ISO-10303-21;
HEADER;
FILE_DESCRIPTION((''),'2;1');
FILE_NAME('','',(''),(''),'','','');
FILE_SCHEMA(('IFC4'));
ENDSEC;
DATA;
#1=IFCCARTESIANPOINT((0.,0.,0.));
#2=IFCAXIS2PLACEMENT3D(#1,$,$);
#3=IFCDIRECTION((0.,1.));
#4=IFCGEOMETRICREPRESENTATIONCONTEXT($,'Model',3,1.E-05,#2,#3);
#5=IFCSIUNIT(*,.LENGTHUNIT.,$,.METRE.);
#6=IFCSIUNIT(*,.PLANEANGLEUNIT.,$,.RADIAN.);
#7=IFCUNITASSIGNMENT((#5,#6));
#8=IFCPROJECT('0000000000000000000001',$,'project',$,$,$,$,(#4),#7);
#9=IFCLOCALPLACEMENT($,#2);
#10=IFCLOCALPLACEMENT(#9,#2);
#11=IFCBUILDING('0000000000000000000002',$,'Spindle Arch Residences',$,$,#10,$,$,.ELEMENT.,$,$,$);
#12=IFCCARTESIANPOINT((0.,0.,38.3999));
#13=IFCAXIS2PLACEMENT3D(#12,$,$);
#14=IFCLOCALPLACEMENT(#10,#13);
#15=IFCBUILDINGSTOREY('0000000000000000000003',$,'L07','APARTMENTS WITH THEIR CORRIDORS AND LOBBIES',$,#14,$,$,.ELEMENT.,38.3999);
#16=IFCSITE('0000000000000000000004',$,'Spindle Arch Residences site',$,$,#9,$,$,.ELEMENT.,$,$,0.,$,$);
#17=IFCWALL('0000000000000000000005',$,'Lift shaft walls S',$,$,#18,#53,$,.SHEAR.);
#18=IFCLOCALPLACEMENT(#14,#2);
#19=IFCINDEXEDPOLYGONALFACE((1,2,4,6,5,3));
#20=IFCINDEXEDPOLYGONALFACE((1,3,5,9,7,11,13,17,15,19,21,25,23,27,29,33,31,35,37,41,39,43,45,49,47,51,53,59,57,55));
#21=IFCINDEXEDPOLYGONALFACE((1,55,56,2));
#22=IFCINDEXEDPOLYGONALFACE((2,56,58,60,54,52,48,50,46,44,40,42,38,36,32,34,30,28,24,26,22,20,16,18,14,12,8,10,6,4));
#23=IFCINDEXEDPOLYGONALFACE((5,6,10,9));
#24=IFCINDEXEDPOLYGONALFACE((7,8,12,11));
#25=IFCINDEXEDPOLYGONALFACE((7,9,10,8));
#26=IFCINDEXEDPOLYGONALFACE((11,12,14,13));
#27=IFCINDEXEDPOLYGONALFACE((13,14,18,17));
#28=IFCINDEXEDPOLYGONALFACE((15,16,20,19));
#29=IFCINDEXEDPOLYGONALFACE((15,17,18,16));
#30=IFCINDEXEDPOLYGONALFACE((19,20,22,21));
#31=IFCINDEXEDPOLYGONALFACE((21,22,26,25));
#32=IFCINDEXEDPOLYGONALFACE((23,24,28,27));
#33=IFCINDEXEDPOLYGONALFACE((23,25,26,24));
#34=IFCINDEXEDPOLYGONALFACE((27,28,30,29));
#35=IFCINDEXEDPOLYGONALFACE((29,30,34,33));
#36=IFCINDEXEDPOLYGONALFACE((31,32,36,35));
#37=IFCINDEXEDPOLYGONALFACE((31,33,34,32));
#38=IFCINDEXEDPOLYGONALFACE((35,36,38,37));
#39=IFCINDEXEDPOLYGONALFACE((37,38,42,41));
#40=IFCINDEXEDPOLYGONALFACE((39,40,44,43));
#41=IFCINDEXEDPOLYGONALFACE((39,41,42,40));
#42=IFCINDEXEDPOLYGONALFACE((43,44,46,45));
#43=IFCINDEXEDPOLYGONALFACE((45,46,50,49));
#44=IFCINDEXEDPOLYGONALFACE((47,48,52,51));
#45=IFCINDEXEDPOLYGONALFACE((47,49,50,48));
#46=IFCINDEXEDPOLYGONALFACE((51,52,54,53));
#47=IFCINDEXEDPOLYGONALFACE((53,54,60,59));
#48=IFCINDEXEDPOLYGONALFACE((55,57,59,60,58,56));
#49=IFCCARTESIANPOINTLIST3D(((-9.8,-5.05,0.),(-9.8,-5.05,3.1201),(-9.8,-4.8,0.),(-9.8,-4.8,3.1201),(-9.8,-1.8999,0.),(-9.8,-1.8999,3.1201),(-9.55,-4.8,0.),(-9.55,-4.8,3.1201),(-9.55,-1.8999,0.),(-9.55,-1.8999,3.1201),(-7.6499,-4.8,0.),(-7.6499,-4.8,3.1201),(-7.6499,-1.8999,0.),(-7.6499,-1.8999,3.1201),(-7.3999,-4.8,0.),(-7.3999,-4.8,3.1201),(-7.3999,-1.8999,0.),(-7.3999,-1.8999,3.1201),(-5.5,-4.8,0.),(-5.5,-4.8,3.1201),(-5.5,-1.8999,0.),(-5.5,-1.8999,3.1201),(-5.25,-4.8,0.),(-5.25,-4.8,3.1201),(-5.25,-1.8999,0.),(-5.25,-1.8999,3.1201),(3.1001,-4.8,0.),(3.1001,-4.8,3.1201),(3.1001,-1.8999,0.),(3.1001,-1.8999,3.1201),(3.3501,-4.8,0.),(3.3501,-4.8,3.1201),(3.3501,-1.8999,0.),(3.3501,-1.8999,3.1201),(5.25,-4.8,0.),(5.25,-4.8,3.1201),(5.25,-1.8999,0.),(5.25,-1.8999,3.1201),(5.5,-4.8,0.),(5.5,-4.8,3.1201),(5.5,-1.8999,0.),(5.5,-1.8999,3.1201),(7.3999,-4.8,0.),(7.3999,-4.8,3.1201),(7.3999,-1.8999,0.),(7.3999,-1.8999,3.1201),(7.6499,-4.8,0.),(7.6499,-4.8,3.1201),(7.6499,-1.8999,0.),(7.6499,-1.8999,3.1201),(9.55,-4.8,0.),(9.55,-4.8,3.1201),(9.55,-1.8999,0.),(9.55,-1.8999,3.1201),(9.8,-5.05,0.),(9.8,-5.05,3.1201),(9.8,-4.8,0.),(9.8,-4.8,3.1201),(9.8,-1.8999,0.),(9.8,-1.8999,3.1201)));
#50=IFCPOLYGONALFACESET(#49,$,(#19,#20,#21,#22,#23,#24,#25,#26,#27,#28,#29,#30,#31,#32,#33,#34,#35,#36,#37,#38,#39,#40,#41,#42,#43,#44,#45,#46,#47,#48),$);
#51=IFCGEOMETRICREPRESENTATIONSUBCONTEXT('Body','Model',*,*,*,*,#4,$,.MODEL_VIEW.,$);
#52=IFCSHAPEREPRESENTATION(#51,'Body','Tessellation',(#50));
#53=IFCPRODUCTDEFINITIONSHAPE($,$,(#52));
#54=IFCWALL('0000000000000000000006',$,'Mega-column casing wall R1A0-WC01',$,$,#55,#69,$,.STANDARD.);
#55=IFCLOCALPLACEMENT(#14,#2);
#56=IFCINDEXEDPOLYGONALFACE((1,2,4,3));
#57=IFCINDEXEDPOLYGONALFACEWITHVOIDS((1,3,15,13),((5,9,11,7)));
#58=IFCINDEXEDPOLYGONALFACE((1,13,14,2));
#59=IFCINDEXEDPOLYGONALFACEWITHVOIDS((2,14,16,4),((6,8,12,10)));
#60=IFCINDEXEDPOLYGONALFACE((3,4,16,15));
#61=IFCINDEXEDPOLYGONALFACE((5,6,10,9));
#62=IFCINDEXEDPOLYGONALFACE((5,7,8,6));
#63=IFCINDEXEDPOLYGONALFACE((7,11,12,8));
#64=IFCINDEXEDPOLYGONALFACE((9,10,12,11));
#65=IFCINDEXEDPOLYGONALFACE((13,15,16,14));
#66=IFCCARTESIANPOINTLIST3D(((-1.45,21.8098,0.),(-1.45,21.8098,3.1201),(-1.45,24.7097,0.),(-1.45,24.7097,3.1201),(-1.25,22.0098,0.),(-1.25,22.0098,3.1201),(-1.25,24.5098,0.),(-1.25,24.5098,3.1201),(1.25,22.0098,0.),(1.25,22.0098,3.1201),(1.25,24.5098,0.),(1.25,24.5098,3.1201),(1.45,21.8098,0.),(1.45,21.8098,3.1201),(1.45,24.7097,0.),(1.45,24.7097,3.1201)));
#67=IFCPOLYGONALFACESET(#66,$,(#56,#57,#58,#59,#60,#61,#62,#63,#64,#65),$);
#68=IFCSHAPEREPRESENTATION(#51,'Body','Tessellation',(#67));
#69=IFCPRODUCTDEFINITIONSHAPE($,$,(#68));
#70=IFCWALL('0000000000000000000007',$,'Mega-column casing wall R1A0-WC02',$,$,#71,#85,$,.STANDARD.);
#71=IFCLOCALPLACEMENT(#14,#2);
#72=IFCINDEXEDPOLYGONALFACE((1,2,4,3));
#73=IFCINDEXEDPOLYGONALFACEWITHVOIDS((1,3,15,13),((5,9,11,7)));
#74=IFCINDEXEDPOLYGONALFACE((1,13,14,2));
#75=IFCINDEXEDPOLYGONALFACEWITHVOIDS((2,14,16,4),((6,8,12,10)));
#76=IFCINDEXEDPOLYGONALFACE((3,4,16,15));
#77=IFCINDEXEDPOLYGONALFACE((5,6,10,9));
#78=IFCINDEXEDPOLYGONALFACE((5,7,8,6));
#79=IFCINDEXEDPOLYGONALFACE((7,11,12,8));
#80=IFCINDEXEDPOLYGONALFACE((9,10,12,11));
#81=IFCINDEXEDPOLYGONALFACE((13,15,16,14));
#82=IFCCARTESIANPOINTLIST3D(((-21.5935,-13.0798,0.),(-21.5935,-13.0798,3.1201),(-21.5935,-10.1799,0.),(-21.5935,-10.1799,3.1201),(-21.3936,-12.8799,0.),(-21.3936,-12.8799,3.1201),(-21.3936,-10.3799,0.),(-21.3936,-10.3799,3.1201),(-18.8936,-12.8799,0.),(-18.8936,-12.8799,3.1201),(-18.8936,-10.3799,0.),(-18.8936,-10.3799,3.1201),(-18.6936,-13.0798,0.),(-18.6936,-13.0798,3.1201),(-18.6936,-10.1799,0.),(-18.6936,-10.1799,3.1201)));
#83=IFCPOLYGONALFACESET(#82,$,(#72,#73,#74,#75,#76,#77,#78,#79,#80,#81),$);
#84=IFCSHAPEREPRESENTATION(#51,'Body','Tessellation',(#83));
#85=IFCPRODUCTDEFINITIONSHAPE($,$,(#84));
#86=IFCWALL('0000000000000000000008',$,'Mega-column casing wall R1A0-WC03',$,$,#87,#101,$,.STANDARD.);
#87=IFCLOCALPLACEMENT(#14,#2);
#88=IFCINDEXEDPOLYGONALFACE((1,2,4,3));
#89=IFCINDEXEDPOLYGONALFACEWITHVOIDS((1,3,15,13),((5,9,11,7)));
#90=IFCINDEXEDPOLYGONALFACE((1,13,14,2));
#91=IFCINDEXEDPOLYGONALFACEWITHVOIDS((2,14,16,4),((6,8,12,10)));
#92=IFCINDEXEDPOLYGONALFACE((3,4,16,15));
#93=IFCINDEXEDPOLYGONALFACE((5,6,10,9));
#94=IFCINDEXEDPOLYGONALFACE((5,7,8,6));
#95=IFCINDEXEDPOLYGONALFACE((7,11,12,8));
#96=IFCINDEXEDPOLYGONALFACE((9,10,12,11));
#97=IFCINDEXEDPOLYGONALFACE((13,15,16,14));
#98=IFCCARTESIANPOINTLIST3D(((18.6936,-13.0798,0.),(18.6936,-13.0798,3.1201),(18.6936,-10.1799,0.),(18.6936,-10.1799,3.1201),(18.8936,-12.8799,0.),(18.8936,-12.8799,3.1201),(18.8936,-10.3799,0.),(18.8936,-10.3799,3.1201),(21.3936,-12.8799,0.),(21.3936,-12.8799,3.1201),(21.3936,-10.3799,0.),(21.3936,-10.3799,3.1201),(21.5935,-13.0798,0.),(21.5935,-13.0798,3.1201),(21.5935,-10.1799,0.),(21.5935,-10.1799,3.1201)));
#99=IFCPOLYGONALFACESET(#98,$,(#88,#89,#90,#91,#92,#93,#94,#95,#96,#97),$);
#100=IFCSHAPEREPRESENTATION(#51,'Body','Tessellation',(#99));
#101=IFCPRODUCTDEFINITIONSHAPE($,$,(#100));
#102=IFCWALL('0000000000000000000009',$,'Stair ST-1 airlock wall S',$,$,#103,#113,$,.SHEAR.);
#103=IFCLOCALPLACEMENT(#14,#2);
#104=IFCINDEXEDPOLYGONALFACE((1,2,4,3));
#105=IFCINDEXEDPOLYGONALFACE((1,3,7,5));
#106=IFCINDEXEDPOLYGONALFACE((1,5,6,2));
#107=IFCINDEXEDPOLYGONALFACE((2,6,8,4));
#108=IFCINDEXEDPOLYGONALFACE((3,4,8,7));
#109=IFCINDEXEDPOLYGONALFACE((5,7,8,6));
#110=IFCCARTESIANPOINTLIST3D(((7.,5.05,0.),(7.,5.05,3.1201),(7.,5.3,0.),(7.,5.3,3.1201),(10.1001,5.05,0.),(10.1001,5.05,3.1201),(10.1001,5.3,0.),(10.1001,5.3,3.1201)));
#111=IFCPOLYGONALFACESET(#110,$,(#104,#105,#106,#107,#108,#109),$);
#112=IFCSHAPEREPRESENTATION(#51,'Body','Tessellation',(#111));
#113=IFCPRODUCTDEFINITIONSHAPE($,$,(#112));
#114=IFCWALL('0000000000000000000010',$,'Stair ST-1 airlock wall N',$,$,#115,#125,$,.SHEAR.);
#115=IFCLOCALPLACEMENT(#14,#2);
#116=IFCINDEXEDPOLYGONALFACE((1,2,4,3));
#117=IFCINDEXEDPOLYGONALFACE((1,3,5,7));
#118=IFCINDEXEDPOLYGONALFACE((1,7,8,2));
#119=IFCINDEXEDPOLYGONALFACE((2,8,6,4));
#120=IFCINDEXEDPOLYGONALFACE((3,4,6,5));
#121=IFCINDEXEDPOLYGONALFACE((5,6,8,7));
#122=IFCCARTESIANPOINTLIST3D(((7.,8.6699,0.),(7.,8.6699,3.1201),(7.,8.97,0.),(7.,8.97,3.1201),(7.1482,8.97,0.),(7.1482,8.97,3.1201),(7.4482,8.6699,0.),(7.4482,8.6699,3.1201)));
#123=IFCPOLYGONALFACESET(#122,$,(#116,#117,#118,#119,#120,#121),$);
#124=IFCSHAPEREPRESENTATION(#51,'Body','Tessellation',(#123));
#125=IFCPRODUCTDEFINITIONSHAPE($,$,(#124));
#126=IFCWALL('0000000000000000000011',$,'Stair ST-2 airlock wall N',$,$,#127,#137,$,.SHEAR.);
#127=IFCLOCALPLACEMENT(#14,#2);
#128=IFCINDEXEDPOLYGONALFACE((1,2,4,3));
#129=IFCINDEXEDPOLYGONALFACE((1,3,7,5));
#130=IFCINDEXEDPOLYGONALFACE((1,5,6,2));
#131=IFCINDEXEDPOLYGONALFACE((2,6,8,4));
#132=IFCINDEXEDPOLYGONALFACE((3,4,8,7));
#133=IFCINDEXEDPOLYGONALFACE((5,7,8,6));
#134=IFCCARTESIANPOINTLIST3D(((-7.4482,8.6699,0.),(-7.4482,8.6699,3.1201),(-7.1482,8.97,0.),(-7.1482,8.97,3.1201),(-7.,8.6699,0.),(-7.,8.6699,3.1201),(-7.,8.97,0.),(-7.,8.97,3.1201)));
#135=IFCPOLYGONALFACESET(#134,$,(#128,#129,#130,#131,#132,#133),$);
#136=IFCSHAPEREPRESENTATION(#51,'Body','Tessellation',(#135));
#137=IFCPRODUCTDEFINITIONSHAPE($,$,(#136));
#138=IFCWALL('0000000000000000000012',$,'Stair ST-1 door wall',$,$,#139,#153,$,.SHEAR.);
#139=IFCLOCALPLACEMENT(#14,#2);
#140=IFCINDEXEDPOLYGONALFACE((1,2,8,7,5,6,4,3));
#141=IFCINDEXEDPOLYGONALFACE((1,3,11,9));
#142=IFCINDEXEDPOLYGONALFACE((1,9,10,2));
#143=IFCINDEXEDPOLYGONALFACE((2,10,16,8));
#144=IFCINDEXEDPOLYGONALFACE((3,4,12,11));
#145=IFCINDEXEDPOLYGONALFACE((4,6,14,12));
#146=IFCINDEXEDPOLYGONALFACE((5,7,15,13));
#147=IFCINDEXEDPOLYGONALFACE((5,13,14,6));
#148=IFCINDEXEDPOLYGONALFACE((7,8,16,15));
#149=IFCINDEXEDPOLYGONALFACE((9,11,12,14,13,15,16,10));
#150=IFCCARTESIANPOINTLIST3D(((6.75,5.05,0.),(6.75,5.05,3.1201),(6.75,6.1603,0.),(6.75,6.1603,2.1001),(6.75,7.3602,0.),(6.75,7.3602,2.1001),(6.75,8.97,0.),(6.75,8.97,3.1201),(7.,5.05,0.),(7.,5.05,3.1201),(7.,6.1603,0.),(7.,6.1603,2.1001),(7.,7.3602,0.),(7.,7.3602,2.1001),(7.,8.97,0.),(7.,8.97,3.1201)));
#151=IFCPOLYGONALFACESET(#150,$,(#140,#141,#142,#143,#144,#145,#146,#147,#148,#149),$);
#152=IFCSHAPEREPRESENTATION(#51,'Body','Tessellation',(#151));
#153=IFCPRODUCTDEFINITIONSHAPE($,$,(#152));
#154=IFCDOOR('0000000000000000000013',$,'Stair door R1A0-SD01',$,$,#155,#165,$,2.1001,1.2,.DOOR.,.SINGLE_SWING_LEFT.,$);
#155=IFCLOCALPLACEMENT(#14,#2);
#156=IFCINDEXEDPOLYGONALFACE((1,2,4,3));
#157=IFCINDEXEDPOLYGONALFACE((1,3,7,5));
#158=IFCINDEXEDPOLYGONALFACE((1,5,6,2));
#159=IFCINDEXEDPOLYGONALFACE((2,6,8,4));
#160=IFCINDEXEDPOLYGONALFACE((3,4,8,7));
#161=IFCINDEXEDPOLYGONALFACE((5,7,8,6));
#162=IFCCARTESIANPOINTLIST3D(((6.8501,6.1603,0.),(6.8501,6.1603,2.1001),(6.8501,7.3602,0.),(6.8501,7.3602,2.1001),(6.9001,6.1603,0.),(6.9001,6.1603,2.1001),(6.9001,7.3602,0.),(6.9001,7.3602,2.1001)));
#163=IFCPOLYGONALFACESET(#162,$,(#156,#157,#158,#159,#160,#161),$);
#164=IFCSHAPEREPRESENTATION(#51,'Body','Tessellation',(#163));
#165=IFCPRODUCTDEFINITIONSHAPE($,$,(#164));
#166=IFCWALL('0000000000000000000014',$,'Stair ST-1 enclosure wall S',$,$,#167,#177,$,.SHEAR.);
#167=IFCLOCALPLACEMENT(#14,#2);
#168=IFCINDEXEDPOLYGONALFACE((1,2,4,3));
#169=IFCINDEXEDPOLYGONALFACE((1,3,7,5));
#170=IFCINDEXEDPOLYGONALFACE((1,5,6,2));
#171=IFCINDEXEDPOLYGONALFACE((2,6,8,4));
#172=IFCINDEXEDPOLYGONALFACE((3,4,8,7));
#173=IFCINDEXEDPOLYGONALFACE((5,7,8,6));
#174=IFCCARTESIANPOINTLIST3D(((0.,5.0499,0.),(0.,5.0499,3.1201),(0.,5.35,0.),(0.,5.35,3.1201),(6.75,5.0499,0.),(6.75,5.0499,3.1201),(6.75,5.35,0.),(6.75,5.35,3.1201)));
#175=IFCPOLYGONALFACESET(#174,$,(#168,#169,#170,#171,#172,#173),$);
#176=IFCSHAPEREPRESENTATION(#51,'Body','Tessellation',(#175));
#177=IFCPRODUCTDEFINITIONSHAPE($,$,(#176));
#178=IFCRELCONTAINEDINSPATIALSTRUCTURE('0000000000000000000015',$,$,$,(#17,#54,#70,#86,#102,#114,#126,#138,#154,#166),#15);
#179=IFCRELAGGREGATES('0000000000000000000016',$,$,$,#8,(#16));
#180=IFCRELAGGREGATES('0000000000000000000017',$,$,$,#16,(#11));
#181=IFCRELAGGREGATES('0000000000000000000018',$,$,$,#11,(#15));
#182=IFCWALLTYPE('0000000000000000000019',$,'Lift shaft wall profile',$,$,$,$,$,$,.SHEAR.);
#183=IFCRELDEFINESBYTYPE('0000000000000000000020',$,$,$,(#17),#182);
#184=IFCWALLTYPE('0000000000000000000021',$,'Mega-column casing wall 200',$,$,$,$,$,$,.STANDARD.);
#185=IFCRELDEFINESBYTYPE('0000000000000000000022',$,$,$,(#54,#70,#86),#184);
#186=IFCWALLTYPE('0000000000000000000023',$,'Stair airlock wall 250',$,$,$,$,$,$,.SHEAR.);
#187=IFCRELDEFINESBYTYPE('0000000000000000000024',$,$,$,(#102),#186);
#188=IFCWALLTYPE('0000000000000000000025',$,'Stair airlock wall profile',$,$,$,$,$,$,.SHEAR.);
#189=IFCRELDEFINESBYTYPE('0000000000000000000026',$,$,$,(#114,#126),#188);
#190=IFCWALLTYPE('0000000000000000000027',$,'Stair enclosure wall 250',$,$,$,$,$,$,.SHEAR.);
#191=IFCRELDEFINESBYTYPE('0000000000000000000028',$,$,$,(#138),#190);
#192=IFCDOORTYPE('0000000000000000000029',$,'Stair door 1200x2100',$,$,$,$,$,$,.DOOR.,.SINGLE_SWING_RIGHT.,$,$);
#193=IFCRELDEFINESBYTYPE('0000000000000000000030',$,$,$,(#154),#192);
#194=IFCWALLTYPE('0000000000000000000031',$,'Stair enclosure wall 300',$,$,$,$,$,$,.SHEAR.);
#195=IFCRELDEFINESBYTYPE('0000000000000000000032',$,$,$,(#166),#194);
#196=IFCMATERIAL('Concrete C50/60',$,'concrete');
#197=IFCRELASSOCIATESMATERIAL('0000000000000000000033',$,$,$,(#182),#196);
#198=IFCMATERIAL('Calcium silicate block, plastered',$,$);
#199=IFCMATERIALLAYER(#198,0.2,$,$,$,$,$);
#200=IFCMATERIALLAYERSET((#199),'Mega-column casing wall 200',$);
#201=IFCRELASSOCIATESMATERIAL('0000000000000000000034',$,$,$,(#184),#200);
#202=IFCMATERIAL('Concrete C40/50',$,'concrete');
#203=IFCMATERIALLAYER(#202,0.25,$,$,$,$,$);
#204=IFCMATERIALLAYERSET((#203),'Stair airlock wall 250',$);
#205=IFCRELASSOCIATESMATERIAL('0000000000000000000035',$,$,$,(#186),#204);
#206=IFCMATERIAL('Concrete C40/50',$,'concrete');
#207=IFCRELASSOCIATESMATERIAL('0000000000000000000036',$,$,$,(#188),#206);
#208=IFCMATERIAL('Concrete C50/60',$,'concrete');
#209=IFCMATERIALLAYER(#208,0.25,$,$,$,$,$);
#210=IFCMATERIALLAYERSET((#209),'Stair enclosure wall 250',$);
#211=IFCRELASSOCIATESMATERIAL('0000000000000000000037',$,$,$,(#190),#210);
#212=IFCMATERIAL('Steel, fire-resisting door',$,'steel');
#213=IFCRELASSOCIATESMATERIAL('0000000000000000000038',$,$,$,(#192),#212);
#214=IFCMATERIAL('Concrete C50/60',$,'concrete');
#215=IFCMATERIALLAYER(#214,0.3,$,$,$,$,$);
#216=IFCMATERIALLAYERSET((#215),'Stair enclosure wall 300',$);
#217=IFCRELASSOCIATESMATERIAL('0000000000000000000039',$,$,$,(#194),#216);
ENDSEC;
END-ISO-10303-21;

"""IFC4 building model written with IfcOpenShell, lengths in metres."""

from ifc_helpers import new_model, si_unit, direction, frame, frame_2d, origin, place, context, subcontext, project, spatial, polyline, rectangle, outline, extrude, material, layer, layer_set, type_object, element, fill, save


model = new_model("IFC4")

# Units and contexts
model_context = context("Model", 3, precision=1e-05, world=origin(), true_north=direction((0.0, 1.0)))
body_context = subcontext(model_context, "Body", "Model", "MODEL_VIEW")
ifc_project = project(units=[si_unit("LENGTHUNIT", "METRE"), si_unit("PLANEANGLEUNIT", "RADIAN")], contexts=[model_context])

# Site, building, storey
site_placement = place(None, origin())
site = spatial("IfcSite", under=ifc_project, at=site_placement, Name="Spindle Arch Residences site", CompositionType="ELEMENT", RefElevation=0.0)
building_placement = place(site_placement, origin())
building = spatial("IfcBuilding", under=site, at=building_placement, Name="Spindle Arch Residences", CompositionType="ELEMENT")
storey_placement = place(building_placement, frame((0.0, 0.0, 38.3999)))
storey = spatial("IfcBuildingStorey", under=building, at=storey_placement, Name="L07", Description="APARTMENTS WITH THEIR CORRIDORS AND LOBBIES", CompositionType="ELEMENT", Elevation=38.3999)

# Walls
ifc_material_1 = material(Name="Concrete C50/60", Category="concrete")
wall_type_1 = type_object("IfcWallType", Name="Lift shaft wall profile", PredefinedType="SHEAR", material=ifc_material_1)
wall_1_placement = place(storey_placement, origin())
element("IfcWall", 1, at=wall_1_placement, inside=storey, type_object=wall_type_1, Name="Lift shaft walls S", PredefinedType="SHEAR", context=body_context, shape_type="SweptSolid", body=[
    extrude(outline(polyline([(9.8, -5.05), (9.8, -4.8), (9.8, -1.8999), (9.55, -1.8999), (9.55, -4.8), (7.6499, -4.8), (7.6499, -1.8999), (7.3999, -1.8999), (7.3999, -4.8), (5.5, -4.8), (5.5, -1.8999), (5.25, -1.8999), (5.25, -4.8), (3.3501, -4.8), (3.3501, -1.8999), (3.1001, -1.8999), (3.1001, -4.8), (-5.25, -4.8), (-5.25, -1.8999), (-5.5, -1.8999), (-5.5, -4.8), (-7.3999, -4.8), (-7.3999, -1.8999), (-7.6499, -1.8999), (-7.6499, -4.8), (-9.55, -4.8), (-9.55, -1.8999), (-9.8, -1.8999), (-9.8, -4.8), (-9.8, -5.05), (9.8, -5.05)])), origin(), (0.0, 0.0, 1.0), 3.1201),
])
ifc_material_2 = material(Name="Calcium silicate block, plastered")
ifc_layer_1 = layer(ifc_material_2, 0.2)
ifc_layer_set_1 = layer_set([ifc_layer_1], Name="Mega-column casing wall 200")
wall_type_2 = type_object("IfcWallType", Name="Mega-column casing wall 200", PredefinedType="STANDARD", material=ifc_layer_set_1)
wall_2_placement = place(storey_placement, origin())
element("IfcWall", 2, at=wall_2_placement, inside=storey, type_object=wall_type_2, Name="Mega-column casing wall R1A0-WC01", PredefinedType="STANDARD", context=body_context, shape_type="SweptSolid", body=[
    extrude(outline(polyline([(1.45, 24.7097), (1.45, 21.8098), (-1.45, 21.8098), (-1.45, 24.7097), (1.45, 24.7097)]), holes=[polyline([(-1.25, 22.0098), (1.25, 22.0098), (1.25, 24.5098), (-1.25, 24.5098), (-1.25, 22.0098)])]), origin(), (0.0, 0.0, 1.0), 3.1201),
])
wall_3_placement = place(storey_placement, origin())
element("IfcWall", 3, at=wall_3_placement, inside=storey, type_object=wall_type_2, Name="Mega-column casing wall R1A0-WC02", PredefinedType="STANDARD", context=body_context, shape_type="SweptSolid", body=[
    extrude(outline(polyline([(-18.6936, -10.1799), (-18.6936, -13.0798), (-21.5935, -13.0798), (-21.5935, -10.1799), (-18.6936, -10.1799)]), holes=[polyline([(-21.3936, -12.8799), (-18.8936, -12.8799), (-18.8936, -10.3799), (-21.3936, -10.3799), (-21.3936, -12.8799)])]), origin(), (0.0, 0.0, 1.0), 3.1201),
])
wall_4_placement = place(storey_placement, origin())
element("IfcWall", 4, at=wall_4_placement, inside=storey, type_object=wall_type_2, Name="Mega-column casing wall R1A0-WC03", PredefinedType="STANDARD", context=body_context, shape_type="SweptSolid", body=[
    extrude(outline(polyline([(21.5935, -10.1799), (21.5935, -13.0798), (18.6936, -13.0798), (18.6936, -10.1799), (21.5935, -10.1799)]), holes=[polyline([(18.8936, -12.8799), (21.3936, -12.8799), (21.3936, -10.3799), (18.8936, -10.3799), (18.8936, -12.8799)])]), origin(), (0.0, 0.0, 1.0), 3.1201),
])
ifc_material_3 = material(Name="Concrete C40/50", Category="concrete")
ifc_layer_2 = layer(ifc_material_3, 0.25)
ifc_layer_set_2 = layer_set([ifc_layer_2], Name="Stair airlock wall 250")
wall_type_3 = type_object("IfcWallType", Name="Stair airlock wall 250", PredefinedType="SHEAR", material=ifc_layer_set_2)
wall_5_placement = place(storey_placement, frame((7.0, 5.175, 0.0), z_axis=(0.0, 0.0, 1.0), x_axis=(1.0, 0.0, 0.0)))
element("IfcWall", 5, at=wall_5_placement, inside=storey, type_object=wall_type_3, Name="Stair ST-1 airlock wall S", PredefinedType="SHEAR", context=body_context, shape_type="SweptSolid", body=[
    extrude(rectangle(XDim=3.1001, YDim=0.25, at=frame_2d((1.55, 0.0))), origin(), (0.0, 0.0, 1.0), 3.1201),
])
ifc_material_4 = material(Name="Concrete C40/50", Category="concrete")
wall_type_4 = type_object("IfcWallType", Name="Stair airlock wall profile", PredefinedType="SHEAR", material=ifc_material_4)
wall_6_placement = place(storey_placement, origin())
element("IfcWall", 6, at=wall_6_placement, inside=storey, type_object=wall_type_4, Name="Stair ST-1 airlock wall N", PredefinedType="SHEAR", context=body_context, shape_type="SweptSolid", body=[
    extrude(outline(polyline([(7.4482, 8.6699), (7.0, 8.6699), (7.0, 8.97), (7.1482, 8.97), (7.4482, 8.6699)])), origin(), (0.0, 0.0, 1.0), 3.1201),
])
wall_7_placement = place(storey_placement, origin())
element("IfcWall", 7, at=wall_7_placement, inside=storey, type_object=wall_type_4, Name="Stair ST-2 airlock wall N", PredefinedType="SHEAR", context=body_context, shape_type="SweptSolid", body=[
    extrude(outline(polyline([(-7.1482, 8.97), (-7.0, 8.97), (-7.0, 8.6699), (-7.4482, 8.6699), (-7.1482, 8.97)])), origin(), (0.0, 0.0, 1.0), 3.1201),
])

# Wall, opening, door
ifc_material_5 = material(Name="Concrete C50/60", Category="concrete")
ifc_layer_3 = layer(ifc_material_5, 0.25)
ifc_layer_set_3 = layer_set([ifc_layer_3], Name="Stair enclosure wall 250")
wall_type_5 = type_object("IfcWallType", Name="Stair enclosure wall 250", PredefinedType="SHEAR", material=ifc_layer_set_3)
wall_8_placement = place(storey_placement, frame((6.875, 5.05, 0.0), z_axis=(0.0, 0.0, 1.0), x_axis=(0.0, 1.0, 0.0)))
wall_8 = element("IfcWall", 8, at=wall_8_placement, inside=storey, type_object=wall_type_5, Name="Stair ST-1 door wall", PredefinedType="SHEAR", context=body_context, shape_type="SweptSolid", body=[
    extrude(rectangle(XDim=3.9199, YDim=0.25, at=frame_2d((1.96, 0.0))), origin(), (0.0, 0.0, 1.0), 3.1201),
])
opening_1_placement = place(wall_8_placement, frame((1.1101, 0.0, 0.0)))
opening_1 = element("IfcOpeningElement", 9, at=opening_1_placement, cuts=wall_8, PredefinedType="OPENING", context=body_context, shape_type="SweptSolid", body=[
    extrude(rectangle(XDim=1.2, YDim=2.1001, at=frame_2d((0.6001, 1.05))), frame((0.0, 0.135, 0.0), z_axis=(0.0, -1.0, 0.0), x_axis=(1.0, 0.0, 0.0)), (0.0, 0.0, 1.0), 0.27),
])
ifc_material_6 = material(Name="Steel, fire-resisting door", Category="steel")
door_type_1 = type_object("IfcDoorType", Name="Stair door 1200x2100", OperationType="SINGLE_SWING_RIGHT", PredefinedType="DOOR", material=ifc_material_6)
door_1_placement = place(opening_1_placement, origin())
door_1 = element("IfcDoor", 10, at=door_1_placement, inside=storey, type_object=door_type_1, Name="Stair door R1A0-SD01", OperationType="SINGLE_SWING_LEFT", OverallHeight=2.1001, OverallWidth=1.2, PredefinedType="DOOR", context=body_context, shape_type="SweptSolid", body=[
    extrude(rectangle(XDim=1.2, YDim=2.1001, at=frame_2d((0.6001, 1.05))), frame((0.0, 0.0249, 0.0), z_axis=(0.0, -1.0, 0.0), x_axis=(1.0, 0.0, 0.0)), (0.0, 0.0, 1.0), 0.05),
])
fill(opening_1, door_1)

# Wall
ifc_material_7 = material(Name="Concrete C50/60", Category="concrete")
ifc_layer_4 = layer(ifc_material_7, 0.3)
ifc_layer_set_4 = layer_set([ifc_layer_4], Name="Stair enclosure wall 300")
wall_type_6 = type_object("IfcWallType", Name="Stair enclosure wall 300", PredefinedType="SHEAR", material=ifc_layer_set_4)
for number, where, z_axis, x_axis, name in (
    (11, (0.0, 5.2, 0.0), (0.0, 0.0, 1.0), (1.0, 0.0, 0.0), "Stair ST-1 enclosure wall S"),
):
    element("IfcWall", number, at=place(storey_placement, frame(where, z_axis=z_axis, x_axis=x_axis)), inside=storey, type_object=wall_type_6, Name=name, PredefinedType="SHEAR", context=body_context, shape_type="SweptSolid", body=[
        extrude(rectangle(XDim=6.75, YDim=0.3, at=frame_2d((3.375, 0.0))), origin(), (0.0, 0.0, 1.0), 3.1201),
    ])

save(model, "model.ifc")
